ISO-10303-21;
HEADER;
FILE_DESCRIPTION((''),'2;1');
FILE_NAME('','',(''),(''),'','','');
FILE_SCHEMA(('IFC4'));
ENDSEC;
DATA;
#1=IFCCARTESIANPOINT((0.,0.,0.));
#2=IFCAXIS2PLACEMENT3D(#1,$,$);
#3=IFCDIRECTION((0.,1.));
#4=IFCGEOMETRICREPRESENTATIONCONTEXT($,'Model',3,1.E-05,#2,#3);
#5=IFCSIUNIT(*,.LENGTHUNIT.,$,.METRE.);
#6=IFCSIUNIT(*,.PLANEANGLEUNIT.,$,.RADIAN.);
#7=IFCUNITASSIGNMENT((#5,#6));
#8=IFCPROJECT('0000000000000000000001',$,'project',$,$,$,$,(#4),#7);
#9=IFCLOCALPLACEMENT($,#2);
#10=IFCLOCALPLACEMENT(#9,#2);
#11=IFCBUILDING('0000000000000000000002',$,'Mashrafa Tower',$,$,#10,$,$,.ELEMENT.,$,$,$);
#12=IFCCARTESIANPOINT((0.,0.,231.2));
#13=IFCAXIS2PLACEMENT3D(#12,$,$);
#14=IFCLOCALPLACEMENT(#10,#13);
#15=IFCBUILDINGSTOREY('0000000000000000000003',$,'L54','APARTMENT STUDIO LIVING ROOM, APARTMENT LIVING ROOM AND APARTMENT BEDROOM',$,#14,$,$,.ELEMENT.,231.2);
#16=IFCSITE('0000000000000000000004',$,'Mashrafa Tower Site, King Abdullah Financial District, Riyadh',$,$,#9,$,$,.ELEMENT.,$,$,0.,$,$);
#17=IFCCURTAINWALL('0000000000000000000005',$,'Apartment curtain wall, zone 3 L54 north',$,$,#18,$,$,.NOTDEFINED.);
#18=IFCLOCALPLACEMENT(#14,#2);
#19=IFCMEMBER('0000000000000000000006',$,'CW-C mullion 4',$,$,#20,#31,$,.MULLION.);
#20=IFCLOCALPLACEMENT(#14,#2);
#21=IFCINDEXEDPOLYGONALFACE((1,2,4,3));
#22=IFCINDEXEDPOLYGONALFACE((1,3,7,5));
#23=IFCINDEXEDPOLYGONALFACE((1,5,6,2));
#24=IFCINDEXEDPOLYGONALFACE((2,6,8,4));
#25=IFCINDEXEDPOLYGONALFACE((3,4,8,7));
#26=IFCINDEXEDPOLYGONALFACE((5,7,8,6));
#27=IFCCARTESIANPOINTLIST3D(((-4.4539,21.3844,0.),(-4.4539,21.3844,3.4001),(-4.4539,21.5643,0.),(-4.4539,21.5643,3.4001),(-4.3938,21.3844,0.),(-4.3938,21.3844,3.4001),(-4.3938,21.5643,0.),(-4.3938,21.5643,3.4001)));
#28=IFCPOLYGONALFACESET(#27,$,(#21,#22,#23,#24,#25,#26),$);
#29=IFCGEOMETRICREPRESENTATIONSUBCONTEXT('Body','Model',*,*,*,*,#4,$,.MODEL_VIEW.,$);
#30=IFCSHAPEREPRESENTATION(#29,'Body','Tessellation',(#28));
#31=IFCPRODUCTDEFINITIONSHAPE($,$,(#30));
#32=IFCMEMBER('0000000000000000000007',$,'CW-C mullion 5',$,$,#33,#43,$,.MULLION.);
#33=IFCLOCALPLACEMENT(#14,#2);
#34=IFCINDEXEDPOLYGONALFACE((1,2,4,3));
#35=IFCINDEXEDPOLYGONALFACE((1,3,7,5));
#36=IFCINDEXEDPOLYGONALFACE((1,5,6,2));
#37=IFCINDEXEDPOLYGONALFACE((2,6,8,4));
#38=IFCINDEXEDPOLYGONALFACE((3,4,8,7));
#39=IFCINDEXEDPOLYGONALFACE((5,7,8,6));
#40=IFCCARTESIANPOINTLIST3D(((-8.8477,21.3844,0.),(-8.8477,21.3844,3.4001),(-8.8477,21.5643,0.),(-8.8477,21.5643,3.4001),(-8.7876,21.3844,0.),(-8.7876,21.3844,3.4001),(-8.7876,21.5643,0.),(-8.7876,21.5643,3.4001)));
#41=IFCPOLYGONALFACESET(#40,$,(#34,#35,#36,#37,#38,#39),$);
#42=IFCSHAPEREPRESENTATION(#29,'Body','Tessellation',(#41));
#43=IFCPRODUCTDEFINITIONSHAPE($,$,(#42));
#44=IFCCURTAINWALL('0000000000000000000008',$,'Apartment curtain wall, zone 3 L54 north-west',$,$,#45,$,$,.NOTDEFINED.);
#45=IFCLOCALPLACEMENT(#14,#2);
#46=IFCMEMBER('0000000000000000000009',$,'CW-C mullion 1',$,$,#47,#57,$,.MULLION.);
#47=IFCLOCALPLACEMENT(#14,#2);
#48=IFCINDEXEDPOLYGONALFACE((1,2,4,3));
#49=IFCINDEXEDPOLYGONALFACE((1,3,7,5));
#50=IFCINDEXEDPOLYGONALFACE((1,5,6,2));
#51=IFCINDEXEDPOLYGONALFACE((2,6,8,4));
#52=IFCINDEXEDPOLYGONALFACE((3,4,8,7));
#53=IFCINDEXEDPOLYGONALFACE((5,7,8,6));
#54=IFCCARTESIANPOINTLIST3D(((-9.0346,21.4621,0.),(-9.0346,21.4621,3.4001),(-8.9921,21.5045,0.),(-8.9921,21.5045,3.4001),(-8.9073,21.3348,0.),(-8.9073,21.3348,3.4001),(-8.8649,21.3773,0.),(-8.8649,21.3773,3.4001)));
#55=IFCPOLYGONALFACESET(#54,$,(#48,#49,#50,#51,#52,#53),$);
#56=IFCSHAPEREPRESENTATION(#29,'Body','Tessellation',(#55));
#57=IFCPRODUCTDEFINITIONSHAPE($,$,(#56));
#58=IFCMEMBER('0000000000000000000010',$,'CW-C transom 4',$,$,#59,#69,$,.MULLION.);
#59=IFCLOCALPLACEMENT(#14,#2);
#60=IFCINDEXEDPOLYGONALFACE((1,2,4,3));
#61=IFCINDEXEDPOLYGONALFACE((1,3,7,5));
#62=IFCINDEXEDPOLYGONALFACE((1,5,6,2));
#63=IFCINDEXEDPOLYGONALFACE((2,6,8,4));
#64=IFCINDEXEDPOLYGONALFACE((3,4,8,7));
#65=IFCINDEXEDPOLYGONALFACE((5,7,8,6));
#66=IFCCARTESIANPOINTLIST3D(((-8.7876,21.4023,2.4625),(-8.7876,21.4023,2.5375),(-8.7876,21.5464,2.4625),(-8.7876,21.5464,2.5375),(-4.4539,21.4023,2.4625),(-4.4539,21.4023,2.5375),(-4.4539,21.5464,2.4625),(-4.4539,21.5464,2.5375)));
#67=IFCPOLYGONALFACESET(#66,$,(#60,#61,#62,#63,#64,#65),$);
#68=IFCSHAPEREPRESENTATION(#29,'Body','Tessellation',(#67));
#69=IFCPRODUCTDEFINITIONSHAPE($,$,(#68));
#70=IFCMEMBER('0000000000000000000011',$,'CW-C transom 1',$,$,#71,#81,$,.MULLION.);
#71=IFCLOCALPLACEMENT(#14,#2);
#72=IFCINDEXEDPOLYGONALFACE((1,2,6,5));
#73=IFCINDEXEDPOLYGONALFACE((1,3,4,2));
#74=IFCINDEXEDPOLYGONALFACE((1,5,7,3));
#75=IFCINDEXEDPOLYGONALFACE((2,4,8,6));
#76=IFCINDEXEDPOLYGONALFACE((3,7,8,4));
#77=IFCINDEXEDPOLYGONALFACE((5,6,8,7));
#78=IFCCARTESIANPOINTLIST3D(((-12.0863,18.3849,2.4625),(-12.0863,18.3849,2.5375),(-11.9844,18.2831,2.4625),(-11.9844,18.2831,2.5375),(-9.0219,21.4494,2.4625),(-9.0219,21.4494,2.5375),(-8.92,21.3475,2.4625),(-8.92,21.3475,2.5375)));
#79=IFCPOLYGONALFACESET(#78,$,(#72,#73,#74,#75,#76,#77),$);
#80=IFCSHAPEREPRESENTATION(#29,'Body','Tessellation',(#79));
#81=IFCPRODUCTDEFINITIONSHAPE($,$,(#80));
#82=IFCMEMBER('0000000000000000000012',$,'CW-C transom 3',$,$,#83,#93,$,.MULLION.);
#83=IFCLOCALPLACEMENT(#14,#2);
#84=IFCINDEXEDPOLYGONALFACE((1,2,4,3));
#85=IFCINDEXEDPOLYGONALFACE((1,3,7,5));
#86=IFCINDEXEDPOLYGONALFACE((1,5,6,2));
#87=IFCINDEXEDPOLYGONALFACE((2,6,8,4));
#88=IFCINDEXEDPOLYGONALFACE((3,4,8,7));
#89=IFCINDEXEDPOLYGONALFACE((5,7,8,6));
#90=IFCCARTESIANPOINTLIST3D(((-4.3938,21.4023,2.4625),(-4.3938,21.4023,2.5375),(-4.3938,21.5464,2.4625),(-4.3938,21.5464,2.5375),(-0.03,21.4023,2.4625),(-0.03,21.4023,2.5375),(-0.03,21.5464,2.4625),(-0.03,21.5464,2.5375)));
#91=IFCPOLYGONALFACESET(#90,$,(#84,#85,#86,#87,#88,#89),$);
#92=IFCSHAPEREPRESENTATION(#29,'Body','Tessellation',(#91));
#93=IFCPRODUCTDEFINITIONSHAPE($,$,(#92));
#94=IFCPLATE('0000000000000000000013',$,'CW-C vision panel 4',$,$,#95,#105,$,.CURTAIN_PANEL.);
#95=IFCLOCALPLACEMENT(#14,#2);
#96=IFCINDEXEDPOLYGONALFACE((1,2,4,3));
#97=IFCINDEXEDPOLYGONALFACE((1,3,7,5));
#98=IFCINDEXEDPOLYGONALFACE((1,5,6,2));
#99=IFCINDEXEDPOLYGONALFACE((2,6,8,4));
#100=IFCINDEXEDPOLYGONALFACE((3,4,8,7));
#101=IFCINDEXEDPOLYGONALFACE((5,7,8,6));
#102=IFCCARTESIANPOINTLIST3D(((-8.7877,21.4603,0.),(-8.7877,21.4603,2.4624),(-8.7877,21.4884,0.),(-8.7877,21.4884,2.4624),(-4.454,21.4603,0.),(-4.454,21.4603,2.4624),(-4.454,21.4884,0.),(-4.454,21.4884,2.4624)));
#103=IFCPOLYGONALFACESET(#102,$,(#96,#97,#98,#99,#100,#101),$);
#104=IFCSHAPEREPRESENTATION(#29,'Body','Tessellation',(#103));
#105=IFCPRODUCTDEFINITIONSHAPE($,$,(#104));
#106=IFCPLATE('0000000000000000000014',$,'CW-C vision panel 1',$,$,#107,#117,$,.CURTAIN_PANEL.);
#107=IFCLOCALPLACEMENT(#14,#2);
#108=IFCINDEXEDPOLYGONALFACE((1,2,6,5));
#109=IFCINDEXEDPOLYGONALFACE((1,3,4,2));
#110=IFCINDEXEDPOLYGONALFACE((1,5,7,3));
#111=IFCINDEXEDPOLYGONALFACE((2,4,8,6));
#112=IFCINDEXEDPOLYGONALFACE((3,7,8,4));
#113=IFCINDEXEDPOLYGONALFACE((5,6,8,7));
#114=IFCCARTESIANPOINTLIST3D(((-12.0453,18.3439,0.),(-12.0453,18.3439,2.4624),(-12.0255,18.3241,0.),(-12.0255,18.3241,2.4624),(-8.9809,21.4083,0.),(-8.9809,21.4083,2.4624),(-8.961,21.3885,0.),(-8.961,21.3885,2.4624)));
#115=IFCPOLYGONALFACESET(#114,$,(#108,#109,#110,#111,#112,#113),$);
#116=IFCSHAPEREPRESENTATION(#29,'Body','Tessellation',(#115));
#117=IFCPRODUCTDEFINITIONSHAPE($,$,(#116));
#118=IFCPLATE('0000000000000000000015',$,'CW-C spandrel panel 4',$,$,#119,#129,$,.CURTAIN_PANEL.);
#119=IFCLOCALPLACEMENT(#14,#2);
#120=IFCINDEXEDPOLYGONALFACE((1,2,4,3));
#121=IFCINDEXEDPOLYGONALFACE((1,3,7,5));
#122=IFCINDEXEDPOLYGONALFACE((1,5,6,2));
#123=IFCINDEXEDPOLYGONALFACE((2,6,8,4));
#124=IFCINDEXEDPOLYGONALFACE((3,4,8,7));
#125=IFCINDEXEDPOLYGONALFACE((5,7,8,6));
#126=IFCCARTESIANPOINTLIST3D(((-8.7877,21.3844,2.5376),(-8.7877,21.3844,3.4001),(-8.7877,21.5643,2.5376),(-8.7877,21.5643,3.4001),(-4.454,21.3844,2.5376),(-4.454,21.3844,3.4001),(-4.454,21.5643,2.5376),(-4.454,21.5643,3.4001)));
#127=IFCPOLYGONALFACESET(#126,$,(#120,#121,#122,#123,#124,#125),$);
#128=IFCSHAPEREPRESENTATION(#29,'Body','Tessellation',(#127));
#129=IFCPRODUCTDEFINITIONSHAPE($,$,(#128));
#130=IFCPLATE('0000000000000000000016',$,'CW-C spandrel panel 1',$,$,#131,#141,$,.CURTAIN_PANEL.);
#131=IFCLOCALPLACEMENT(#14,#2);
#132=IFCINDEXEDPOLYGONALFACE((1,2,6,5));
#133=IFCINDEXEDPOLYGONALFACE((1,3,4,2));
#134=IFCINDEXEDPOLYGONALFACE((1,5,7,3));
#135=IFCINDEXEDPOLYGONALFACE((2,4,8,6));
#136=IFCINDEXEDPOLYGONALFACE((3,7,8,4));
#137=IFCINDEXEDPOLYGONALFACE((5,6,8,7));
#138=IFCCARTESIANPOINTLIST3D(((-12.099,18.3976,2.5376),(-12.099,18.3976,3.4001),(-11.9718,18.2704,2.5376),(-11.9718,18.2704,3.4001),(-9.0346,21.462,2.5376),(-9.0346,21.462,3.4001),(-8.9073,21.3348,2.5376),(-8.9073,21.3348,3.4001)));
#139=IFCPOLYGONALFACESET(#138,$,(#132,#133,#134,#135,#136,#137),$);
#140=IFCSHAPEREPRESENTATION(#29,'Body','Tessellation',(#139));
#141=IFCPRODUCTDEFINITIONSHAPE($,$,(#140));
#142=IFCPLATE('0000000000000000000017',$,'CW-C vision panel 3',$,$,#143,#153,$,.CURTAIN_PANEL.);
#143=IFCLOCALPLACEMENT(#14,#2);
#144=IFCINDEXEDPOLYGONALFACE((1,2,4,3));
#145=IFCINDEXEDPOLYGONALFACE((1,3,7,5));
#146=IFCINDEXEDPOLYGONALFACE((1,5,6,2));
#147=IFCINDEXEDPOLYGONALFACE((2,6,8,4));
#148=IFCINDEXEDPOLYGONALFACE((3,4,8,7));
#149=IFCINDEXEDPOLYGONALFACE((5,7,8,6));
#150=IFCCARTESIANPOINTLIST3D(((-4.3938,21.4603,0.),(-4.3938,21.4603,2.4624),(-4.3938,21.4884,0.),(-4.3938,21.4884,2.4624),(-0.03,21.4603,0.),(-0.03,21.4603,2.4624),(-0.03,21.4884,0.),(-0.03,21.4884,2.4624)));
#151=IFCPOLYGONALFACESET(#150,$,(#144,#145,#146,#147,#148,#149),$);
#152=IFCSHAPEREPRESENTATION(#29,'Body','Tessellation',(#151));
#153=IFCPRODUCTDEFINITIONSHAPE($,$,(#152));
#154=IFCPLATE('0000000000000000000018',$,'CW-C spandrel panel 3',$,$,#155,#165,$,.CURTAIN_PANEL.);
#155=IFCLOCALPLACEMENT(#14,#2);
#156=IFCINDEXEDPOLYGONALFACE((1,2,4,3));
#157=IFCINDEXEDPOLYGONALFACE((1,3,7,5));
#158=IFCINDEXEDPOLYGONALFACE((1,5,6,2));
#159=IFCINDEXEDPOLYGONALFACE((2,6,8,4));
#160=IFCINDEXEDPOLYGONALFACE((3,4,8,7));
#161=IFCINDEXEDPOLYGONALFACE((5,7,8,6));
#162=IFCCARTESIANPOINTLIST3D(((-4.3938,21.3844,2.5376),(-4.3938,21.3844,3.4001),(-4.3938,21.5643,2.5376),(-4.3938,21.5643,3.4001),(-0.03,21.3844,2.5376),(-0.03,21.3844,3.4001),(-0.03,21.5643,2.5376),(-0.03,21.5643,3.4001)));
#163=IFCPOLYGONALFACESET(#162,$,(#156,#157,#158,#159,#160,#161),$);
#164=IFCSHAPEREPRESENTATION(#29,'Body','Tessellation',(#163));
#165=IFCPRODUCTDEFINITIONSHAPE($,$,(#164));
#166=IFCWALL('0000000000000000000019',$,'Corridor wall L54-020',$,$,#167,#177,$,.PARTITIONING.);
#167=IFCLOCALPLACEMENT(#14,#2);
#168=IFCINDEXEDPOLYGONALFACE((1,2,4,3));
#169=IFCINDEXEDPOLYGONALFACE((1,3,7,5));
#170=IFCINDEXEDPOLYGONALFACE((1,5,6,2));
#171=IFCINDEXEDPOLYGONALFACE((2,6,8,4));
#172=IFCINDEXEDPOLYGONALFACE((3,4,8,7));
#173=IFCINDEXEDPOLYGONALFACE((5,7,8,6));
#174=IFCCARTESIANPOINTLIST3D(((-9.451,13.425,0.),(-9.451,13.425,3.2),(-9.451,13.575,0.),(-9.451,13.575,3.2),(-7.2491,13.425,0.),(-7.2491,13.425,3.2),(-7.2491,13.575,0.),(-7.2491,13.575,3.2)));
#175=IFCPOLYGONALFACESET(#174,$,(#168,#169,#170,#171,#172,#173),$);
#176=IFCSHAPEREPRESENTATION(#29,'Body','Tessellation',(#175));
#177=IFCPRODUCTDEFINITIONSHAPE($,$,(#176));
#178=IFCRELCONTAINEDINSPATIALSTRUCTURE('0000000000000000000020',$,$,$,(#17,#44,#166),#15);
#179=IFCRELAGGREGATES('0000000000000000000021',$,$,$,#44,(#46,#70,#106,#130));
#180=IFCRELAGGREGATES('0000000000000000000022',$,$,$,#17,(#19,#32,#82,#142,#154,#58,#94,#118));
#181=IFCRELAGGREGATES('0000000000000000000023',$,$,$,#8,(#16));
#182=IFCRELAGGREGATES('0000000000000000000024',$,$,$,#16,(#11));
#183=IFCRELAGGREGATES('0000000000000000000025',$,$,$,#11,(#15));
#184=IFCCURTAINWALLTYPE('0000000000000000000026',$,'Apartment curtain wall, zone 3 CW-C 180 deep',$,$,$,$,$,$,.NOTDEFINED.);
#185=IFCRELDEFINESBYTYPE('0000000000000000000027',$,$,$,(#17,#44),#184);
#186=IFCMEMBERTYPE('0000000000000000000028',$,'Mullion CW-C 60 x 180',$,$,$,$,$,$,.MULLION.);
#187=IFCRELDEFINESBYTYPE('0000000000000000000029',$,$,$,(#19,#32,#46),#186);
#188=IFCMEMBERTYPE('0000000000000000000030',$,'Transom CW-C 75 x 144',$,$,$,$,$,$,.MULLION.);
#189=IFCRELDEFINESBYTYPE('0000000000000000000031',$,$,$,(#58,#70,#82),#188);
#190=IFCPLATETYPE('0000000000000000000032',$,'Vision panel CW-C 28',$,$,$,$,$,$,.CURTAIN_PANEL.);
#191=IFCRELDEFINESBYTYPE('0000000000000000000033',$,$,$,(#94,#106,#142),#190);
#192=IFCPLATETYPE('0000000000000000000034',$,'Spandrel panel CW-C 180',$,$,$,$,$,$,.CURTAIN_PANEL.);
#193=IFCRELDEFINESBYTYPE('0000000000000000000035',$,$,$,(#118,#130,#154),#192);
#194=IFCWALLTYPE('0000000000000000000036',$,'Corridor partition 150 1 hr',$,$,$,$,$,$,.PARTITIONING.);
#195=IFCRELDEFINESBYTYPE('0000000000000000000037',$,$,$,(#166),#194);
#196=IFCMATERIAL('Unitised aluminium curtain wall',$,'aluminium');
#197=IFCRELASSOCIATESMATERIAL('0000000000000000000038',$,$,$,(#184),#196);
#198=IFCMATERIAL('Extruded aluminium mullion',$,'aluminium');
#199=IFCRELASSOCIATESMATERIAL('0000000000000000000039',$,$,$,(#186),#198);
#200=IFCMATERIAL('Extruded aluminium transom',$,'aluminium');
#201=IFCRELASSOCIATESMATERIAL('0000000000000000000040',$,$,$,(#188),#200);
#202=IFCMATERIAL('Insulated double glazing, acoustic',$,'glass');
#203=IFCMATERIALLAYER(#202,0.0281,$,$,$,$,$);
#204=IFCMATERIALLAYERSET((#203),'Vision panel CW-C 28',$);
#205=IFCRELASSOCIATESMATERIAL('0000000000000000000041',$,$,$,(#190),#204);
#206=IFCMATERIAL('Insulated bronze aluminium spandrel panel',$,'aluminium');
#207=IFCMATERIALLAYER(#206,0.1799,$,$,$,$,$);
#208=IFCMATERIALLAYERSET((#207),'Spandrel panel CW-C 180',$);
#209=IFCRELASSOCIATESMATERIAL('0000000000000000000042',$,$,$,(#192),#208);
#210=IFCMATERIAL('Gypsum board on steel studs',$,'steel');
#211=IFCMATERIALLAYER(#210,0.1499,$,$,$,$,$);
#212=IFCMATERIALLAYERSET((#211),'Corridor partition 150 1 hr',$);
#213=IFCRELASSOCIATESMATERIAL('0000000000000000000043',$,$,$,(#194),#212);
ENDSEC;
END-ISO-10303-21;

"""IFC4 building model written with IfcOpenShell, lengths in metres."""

from ifc_helpers import new_model, si_unit, direction, frame, frame_2d, origin, origin_2d, place, context, subcontext, project, spatial, rectangle, extrude, source, transform, mapped, material, layer, layer_set, material_profile, profile_set, type_object, type_shapes, element, aggregate, save


model = new_model("IFC4")

# Units and contexts
model_context = context("Model", 3, precision=1e-05, world=origin(), true_north=direction((0.0, 1.0)))
body_context = subcontext(model_context, "Body", "Model", "MODEL_VIEW")
ifc_project = project(units=[si_unit("LENGTHUNIT", "METRE"), si_unit("PLANEANGLEUNIT", "RADIAN")], contexts=[model_context])

# Site, building, storey
site_placement = place(None, origin())
site = spatial("IfcSite", under=ifc_project, at=site_placement, Name="Mashrafa Tower Site, King Abdullah Financial District, Riyadh", CompositionType="ELEMENT", RefElevation=0.0)
building_placement = place(site_placement, origin())
building = spatial("IfcBuilding", under=site, at=building_placement, Name="Mashrafa Tower", CompositionType="ELEMENT")
storey_placement = place(building_placement, frame((0.0, 0.0, 231.2)))
storey = spatial("IfcBuildingStorey", under=building, at=storey_placement, Name="L54", Description="APARTMENT STUDIO LIVING ROOM, APARTMENT LIVING ROOM AND APARTMENT BEDROOM", CompositionType="ELEMENT", Elevation=231.2)

# Curtain wall, members
ifc_material_1 = material(Name="Unitised aluminium curtain wall", Category="aluminium")
curtain_wall_type = type_object("IfcCurtainWallType", Name="Apartment curtain wall, zone 3 CW-C 180 deep", PredefinedType="NOTDEFINED", material=ifc_material_1)
curtain_wall_1_placement = place(storey_placement, origin())
curtain_wall_1 = element("IfcCurtainWall", 1, at=curtain_wall_1_placement, inside=storey, type_object=curtain_wall_type, Name="Apartment curtain wall, zone 3 L54 north", PredefinedType="NOTDEFINED")
ifc_material_2 = material(Name="Extruded aluminium mullion", Category="aluminium")
ifc_material_profile_1 = material_profile(ifc_material_2, rectangle(XDim=0.1799, YDim=0.0601, at=origin_2d()), Name="Mullion 60x180")
ifc_profile_set_1 = profile_set([ifc_material_profile_1], Name="Extruded aluminium mullion")
member_type_1 = type_object("IfcMemberType", Name="Mullion CW-C 60 x 180", PredefinedType="MULLION", material=ifc_profile_set_1)
shared_shape_1 = source(origin(), body_context, "Body", "SweptSolid", [
    extrude(rectangle(XDim=0.1799, YDim=0.0601, at=origin_2d()), origin(), (0.0, 0.0, 1.0), 3.4001),
])
type_shapes(member_type_1, [shared_shape_1])
member_1_placement = place(storey_placement, frame((-4.4238, 21.4744, 0.0), z_axis=(0.0, 0.0, 1.0), x_axis=(0.0, -1.0, 0.0)))
member_1 = element("IfcMember", 2, at=member_1_placement, type_object=member_type_1, Name="CW-C mullion 4", PredefinedType="MULLION", context=body_context, shape_type="MappedRepresentation", body=[
    mapped(shared_shape_1, transform((0.0, 0.0, 0.0))),
])
member_2_placement = place(storey_placement, frame((-8.8176, 21.4744, 0.0), z_axis=(0.0, 0.0, 1.0), x_axis=(0.0, -1.0, 0.0)))
member_2 = element("IfcMember", 3, at=member_2_placement, type_object=member_type_1, Name="CW-C mullion 5", PredefinedType="MULLION", context=body_context, shape_type="MappedRepresentation", body=[
    mapped(shared_shape_1, transform((0.0, 0.0, 0.0))),
])

# Curtain wall, member
curtain_wall_2_placement = place(storey_placement, origin())
curtain_wall_2 = element("IfcCurtainWall", 4, at=curtain_wall_2_placement, inside=storey, type_object=curtain_wall_type, Name="Apartment curtain wall, zone 3 L54 north-west", PredefinedType="NOTDEFINED")
member_3_placement = place(storey_placement, frame((-8.9497, 21.4197, 0.0), z_axis=(0.0, 0.0, 1.0), x_axis=(0.707107, -0.707107, 0.0)))
member_3 = element("IfcMember", 5, at=member_3_placement, type_object=member_type_1, Name="CW-C mullion 1", PredefinedType="MULLION", context=body_context, shape_type="MappedRepresentation", body=[
    mapped(shared_shape_1, transform((0.0, 0.0, 0.0))),
])

# Members
ifc_material_3 = material(Name="Extruded aluminium transom", Category="aluminium")
ifc_material_profile_2 = material_profile(ifc_material_3, rectangle(XDim=0.144, YDim=0.075, at=origin_2d()), Name="Transom 75x144")
ifc_profile_set_2 = profile_set([ifc_material_profile_2], Name="Extruded aluminium transom")
member_type_2 = type_object("IfcMemberType", Name="Transom CW-C 75 x 144", PredefinedType="MULLION", material=ifc_profile_set_2)
shared_shape_2 = source(origin(), body_context, "Body", "SweptSolid", [
    extrude(rectangle(XDim=0.144, YDim=0.075, at=origin_2d()), origin(), (0.0, 0.0, 1.0), 4.3337),
])
member_4_placement = place(storey_placement, frame((-4.4539, 21.4744, 2.5), z_axis=(-1.0, 0.0, 0.0), x_axis=(0.0, -1.0, 0.0)))
member_4 = element("IfcMember", 6, at=member_4_placement, type_object=member_type_2, Name="CW-C transom 4", PredefinedType="MULLION", context=body_context, shape_type="MappedRepresentation", body=[
    mapped(shared_shape_2, transform((0.0, 0.0, 0.0))),
])
member_5_placement = place(storey_placement, frame((-8.9709, 21.3984, 2.5), z_axis=(-0.707107, -0.707107, 0.0), x_axis=(0.707107, -0.707107, 0.0)))
member_5 = element("IfcMember", 7, at=member_5_placement, type_object=member_type_2, Name="CW-C transom 1", PredefinedType="MULLION", context=body_context, shape_type="MappedRepresentation", body=[
    mapped(shared_shape_2, transform((0.0, 0.0, 0.0))),
])
shared_shape_3 = source(origin(), body_context, "Body", "SweptSolid", [
    extrude(rectangle(XDim=0.144, YDim=0.075, at=origin_2d()), origin(), (0.0, 0.0, 1.0), 4.3638),
])
type_shapes(member_type_2, [shared_shape_2, shared_shape_3])
member_6_placement = place(storey_placement, frame((-0.03, 21.4744, 2.5), z_axis=(-1.0, 0.0, 0.0), x_axis=(0.0, -1.0, 0.0)))
member_6 = element("IfcMember", 8, at=member_6_placement, type_object=member_type_2, Name="CW-C transom 3", PredefinedType="MULLION", context=body_context, shape_type="MappedRepresentation", body=[
    mapped(shared_shape_3, transform((0.0, 0.0, 0.0))),
])

# Plates
ifc_material_4 = material(Name="Insulated double glazing, acoustic", Category="glass")
ifc_layer_1 = layer(ifc_material_4, 0.0281)
ifc_layer_set_1 = layer_set([ifc_layer_1], Name="Vision panel CW-C 28")
plate_type_1 = type_object("IfcPlateType", Name="Vision panel CW-C 28", PredefinedType="CURTAIN_PANEL", material=ifc_layer_set_1)
shared_shape_4 = source(origin(), body_context, "Body", "SweptSolid", [
    extrude(rectangle(XDim=4.3337, YDim=0.0281, at=origin_2d()), origin(), (0.0, 0.0, 1.0), 2.4624),
])
plate_1_placement = place(storey_placement, frame((-6.6208, 21.4744, 0.0), z_axis=(0.0, 0.0, 1.0), x_axis=(-1.0, 0.0, 0.0)))
plate_1 = element("IfcPlate", 9, at=plate_1_placement, type_object=plate_type_1, Name="CW-C vision panel 4", PredefinedType="CURTAIN_PANEL", context=body_context, shape_type="MappedRepresentation", body=[
    mapped(shared_shape_4, transform((0.0, 0.0, 0.0))),
])
plate_2_placement = place(storey_placement, frame((-10.5032, 19.8662, 0.0), z_axis=(0.0, 0.0, 1.0), x_axis=(-0.707107, -0.707107, 0.0)))
plate_2 = element("IfcPlate", 10, at=plate_2_placement, type_object=plate_type_1, Name="CW-C vision panel 1", PredefinedType="CURTAIN_PANEL", context=body_context, shape_type="MappedRepresentation", body=[
    mapped(shared_shape_4, transform((0.0, 0.0, 0.0))),
])
ifc_material_5 = material(Name="Insulated bronze aluminium spandrel panel", Category="aluminium")
ifc_layer_2 = layer(ifc_material_5, 0.1799)
ifc_layer_set_2 = layer_set([ifc_layer_2], Name="Spandrel panel CW-C 180")
plate_type_2 = type_object("IfcPlateType", Name="Spandrel panel CW-C 180", PredefinedType="CURTAIN_PANEL", material=ifc_layer_set_2)
shared_shape_5 = source(origin(), body_context, "Body", "SweptSolid", [
    extrude(rectangle(XDim=4.3337, YDim=0.1799, at=origin_2d()), origin(), (0.0, 0.0, 1.0), 0.8625),
])
plate_3_placement = place(storey_placement, frame((-6.6208, 21.4744, 2.5376), z_axis=(0.0, 0.0, 1.0), x_axis=(-1.0, 0.0, 0.0)))
plate_3 = element("IfcPlate", 11, at=plate_3_placement, type_object=plate_type_2, Name="CW-C spandrel panel 4", PredefinedType="CURTAIN_PANEL", context=body_context, shape_type="MappedRepresentation", body=[
    mapped(shared_shape_5, transform((0.0, 0.0, 0.0))),
])
plate_4_placement = place(storey_placement, frame((-10.5032, 19.8662, 2.5376), z_axis=(0.0, 0.0, 1.0), x_axis=(-0.707107, -0.707107, 0.0)))
plate_4 = element("IfcPlate", 12, at=plate_4_placement, type_object=plate_type_2, Name="CW-C spandrel panel 1", PredefinedType="CURTAIN_PANEL", context=body_context, shape_type="MappedRepresentation", body=[
    mapped(shared_shape_5, transform((0.0, 0.0, 0.0))),
])
aggregate(curtain_wall_2, [member_3, member_5, plate_2, plate_4])
shared_shape_6 = source(origin(), body_context, "Body", "SweptSolid", [
    extrude(rectangle(XDim=4.3638, YDim=0.0281, at=origin_2d()), origin(), (0.0, 0.0, 1.0), 2.4624),
])
type_shapes(plate_type_1, [shared_shape_4, shared_shape_6])
plate_5_placement = place(storey_placement, frame((-2.2119, 21.4744, 0.0), z_axis=(0.0, 0.0, 1.0), x_axis=(-1.0, 0.0, 0.0)))
plate_5 = element("IfcPlate", 13, at=plate_5_placement, type_object=plate_type_1, Name="CW-C vision panel 3", PredefinedType="CURTAIN_PANEL", context=body_context, shape_type="MappedRepresentation", body=[
    mapped(shared_shape_6, transform((0.0, 0.0, 0.0))),
])
shared_shape_7 = source(origin(), body_context, "Body", "SweptSolid", [
    extrude(rectangle(XDim=4.3638, YDim=0.1799, at=origin_2d()), origin(), (0.0, 0.0, 1.0), 0.8625),
])
type_shapes(plate_type_2, [shared_shape_5, shared_shape_7])
plate_6_placement = place(storey_placement, frame((-2.2119, 21.4744, 2.5376), z_axis=(0.0, 0.0, 1.0), x_axis=(-1.0, 0.0, 0.0)))
plate_6 = element("IfcPlate", 14, at=plate_6_placement, type_object=plate_type_2, Name="CW-C spandrel panel 3", PredefinedType="CURTAIN_PANEL", context=body_context, shape_type="MappedRepresentation", body=[
    mapped(shared_shape_7, transform((0.0, 0.0, 0.0))),
])
aggregate(curtain_wall_1, [member_1, member_2, member_6, plate_5, plate_6, member_4, plate_1, plate_3])

# Wall
ifc_material_6 = material(Name="Gypsum board on steel studs", Category="steel")
ifc_layer_3 = layer(ifc_material_6, 0.1499)
ifc_layer_set_3 = layer_set([ifc_layer_3], Name="Corridor partition 150 1 hr")
wall_type_1 = type_object("IfcWallType", Name="Corridor partition 150 1 hr", PredefinedType="PARTITIONING", material=ifc_layer_set_3)
wall_1_placement = place(storey_placement, frame((-7.249, 13.5, 0.0), z_axis=(0.0, 0.0, 1.0), x_axis=(-1.0, 0.0, 0.0)))
element("IfcWall", 15, at=wall_1_placement, inside=storey, type_object=wall_type_1, Name="Corridor wall L54-020", PredefinedType="PARTITIONING", context=body_context, shape_type="SweptSolid", body=[
    extrude(rectangle(XDim=2.2019, YDim=0.1499, at=frame_2d((1.1011, 0.0))), origin(), (0.0, 0.0, 1.0), 3.2),
])

save(model, "model.ifc")
